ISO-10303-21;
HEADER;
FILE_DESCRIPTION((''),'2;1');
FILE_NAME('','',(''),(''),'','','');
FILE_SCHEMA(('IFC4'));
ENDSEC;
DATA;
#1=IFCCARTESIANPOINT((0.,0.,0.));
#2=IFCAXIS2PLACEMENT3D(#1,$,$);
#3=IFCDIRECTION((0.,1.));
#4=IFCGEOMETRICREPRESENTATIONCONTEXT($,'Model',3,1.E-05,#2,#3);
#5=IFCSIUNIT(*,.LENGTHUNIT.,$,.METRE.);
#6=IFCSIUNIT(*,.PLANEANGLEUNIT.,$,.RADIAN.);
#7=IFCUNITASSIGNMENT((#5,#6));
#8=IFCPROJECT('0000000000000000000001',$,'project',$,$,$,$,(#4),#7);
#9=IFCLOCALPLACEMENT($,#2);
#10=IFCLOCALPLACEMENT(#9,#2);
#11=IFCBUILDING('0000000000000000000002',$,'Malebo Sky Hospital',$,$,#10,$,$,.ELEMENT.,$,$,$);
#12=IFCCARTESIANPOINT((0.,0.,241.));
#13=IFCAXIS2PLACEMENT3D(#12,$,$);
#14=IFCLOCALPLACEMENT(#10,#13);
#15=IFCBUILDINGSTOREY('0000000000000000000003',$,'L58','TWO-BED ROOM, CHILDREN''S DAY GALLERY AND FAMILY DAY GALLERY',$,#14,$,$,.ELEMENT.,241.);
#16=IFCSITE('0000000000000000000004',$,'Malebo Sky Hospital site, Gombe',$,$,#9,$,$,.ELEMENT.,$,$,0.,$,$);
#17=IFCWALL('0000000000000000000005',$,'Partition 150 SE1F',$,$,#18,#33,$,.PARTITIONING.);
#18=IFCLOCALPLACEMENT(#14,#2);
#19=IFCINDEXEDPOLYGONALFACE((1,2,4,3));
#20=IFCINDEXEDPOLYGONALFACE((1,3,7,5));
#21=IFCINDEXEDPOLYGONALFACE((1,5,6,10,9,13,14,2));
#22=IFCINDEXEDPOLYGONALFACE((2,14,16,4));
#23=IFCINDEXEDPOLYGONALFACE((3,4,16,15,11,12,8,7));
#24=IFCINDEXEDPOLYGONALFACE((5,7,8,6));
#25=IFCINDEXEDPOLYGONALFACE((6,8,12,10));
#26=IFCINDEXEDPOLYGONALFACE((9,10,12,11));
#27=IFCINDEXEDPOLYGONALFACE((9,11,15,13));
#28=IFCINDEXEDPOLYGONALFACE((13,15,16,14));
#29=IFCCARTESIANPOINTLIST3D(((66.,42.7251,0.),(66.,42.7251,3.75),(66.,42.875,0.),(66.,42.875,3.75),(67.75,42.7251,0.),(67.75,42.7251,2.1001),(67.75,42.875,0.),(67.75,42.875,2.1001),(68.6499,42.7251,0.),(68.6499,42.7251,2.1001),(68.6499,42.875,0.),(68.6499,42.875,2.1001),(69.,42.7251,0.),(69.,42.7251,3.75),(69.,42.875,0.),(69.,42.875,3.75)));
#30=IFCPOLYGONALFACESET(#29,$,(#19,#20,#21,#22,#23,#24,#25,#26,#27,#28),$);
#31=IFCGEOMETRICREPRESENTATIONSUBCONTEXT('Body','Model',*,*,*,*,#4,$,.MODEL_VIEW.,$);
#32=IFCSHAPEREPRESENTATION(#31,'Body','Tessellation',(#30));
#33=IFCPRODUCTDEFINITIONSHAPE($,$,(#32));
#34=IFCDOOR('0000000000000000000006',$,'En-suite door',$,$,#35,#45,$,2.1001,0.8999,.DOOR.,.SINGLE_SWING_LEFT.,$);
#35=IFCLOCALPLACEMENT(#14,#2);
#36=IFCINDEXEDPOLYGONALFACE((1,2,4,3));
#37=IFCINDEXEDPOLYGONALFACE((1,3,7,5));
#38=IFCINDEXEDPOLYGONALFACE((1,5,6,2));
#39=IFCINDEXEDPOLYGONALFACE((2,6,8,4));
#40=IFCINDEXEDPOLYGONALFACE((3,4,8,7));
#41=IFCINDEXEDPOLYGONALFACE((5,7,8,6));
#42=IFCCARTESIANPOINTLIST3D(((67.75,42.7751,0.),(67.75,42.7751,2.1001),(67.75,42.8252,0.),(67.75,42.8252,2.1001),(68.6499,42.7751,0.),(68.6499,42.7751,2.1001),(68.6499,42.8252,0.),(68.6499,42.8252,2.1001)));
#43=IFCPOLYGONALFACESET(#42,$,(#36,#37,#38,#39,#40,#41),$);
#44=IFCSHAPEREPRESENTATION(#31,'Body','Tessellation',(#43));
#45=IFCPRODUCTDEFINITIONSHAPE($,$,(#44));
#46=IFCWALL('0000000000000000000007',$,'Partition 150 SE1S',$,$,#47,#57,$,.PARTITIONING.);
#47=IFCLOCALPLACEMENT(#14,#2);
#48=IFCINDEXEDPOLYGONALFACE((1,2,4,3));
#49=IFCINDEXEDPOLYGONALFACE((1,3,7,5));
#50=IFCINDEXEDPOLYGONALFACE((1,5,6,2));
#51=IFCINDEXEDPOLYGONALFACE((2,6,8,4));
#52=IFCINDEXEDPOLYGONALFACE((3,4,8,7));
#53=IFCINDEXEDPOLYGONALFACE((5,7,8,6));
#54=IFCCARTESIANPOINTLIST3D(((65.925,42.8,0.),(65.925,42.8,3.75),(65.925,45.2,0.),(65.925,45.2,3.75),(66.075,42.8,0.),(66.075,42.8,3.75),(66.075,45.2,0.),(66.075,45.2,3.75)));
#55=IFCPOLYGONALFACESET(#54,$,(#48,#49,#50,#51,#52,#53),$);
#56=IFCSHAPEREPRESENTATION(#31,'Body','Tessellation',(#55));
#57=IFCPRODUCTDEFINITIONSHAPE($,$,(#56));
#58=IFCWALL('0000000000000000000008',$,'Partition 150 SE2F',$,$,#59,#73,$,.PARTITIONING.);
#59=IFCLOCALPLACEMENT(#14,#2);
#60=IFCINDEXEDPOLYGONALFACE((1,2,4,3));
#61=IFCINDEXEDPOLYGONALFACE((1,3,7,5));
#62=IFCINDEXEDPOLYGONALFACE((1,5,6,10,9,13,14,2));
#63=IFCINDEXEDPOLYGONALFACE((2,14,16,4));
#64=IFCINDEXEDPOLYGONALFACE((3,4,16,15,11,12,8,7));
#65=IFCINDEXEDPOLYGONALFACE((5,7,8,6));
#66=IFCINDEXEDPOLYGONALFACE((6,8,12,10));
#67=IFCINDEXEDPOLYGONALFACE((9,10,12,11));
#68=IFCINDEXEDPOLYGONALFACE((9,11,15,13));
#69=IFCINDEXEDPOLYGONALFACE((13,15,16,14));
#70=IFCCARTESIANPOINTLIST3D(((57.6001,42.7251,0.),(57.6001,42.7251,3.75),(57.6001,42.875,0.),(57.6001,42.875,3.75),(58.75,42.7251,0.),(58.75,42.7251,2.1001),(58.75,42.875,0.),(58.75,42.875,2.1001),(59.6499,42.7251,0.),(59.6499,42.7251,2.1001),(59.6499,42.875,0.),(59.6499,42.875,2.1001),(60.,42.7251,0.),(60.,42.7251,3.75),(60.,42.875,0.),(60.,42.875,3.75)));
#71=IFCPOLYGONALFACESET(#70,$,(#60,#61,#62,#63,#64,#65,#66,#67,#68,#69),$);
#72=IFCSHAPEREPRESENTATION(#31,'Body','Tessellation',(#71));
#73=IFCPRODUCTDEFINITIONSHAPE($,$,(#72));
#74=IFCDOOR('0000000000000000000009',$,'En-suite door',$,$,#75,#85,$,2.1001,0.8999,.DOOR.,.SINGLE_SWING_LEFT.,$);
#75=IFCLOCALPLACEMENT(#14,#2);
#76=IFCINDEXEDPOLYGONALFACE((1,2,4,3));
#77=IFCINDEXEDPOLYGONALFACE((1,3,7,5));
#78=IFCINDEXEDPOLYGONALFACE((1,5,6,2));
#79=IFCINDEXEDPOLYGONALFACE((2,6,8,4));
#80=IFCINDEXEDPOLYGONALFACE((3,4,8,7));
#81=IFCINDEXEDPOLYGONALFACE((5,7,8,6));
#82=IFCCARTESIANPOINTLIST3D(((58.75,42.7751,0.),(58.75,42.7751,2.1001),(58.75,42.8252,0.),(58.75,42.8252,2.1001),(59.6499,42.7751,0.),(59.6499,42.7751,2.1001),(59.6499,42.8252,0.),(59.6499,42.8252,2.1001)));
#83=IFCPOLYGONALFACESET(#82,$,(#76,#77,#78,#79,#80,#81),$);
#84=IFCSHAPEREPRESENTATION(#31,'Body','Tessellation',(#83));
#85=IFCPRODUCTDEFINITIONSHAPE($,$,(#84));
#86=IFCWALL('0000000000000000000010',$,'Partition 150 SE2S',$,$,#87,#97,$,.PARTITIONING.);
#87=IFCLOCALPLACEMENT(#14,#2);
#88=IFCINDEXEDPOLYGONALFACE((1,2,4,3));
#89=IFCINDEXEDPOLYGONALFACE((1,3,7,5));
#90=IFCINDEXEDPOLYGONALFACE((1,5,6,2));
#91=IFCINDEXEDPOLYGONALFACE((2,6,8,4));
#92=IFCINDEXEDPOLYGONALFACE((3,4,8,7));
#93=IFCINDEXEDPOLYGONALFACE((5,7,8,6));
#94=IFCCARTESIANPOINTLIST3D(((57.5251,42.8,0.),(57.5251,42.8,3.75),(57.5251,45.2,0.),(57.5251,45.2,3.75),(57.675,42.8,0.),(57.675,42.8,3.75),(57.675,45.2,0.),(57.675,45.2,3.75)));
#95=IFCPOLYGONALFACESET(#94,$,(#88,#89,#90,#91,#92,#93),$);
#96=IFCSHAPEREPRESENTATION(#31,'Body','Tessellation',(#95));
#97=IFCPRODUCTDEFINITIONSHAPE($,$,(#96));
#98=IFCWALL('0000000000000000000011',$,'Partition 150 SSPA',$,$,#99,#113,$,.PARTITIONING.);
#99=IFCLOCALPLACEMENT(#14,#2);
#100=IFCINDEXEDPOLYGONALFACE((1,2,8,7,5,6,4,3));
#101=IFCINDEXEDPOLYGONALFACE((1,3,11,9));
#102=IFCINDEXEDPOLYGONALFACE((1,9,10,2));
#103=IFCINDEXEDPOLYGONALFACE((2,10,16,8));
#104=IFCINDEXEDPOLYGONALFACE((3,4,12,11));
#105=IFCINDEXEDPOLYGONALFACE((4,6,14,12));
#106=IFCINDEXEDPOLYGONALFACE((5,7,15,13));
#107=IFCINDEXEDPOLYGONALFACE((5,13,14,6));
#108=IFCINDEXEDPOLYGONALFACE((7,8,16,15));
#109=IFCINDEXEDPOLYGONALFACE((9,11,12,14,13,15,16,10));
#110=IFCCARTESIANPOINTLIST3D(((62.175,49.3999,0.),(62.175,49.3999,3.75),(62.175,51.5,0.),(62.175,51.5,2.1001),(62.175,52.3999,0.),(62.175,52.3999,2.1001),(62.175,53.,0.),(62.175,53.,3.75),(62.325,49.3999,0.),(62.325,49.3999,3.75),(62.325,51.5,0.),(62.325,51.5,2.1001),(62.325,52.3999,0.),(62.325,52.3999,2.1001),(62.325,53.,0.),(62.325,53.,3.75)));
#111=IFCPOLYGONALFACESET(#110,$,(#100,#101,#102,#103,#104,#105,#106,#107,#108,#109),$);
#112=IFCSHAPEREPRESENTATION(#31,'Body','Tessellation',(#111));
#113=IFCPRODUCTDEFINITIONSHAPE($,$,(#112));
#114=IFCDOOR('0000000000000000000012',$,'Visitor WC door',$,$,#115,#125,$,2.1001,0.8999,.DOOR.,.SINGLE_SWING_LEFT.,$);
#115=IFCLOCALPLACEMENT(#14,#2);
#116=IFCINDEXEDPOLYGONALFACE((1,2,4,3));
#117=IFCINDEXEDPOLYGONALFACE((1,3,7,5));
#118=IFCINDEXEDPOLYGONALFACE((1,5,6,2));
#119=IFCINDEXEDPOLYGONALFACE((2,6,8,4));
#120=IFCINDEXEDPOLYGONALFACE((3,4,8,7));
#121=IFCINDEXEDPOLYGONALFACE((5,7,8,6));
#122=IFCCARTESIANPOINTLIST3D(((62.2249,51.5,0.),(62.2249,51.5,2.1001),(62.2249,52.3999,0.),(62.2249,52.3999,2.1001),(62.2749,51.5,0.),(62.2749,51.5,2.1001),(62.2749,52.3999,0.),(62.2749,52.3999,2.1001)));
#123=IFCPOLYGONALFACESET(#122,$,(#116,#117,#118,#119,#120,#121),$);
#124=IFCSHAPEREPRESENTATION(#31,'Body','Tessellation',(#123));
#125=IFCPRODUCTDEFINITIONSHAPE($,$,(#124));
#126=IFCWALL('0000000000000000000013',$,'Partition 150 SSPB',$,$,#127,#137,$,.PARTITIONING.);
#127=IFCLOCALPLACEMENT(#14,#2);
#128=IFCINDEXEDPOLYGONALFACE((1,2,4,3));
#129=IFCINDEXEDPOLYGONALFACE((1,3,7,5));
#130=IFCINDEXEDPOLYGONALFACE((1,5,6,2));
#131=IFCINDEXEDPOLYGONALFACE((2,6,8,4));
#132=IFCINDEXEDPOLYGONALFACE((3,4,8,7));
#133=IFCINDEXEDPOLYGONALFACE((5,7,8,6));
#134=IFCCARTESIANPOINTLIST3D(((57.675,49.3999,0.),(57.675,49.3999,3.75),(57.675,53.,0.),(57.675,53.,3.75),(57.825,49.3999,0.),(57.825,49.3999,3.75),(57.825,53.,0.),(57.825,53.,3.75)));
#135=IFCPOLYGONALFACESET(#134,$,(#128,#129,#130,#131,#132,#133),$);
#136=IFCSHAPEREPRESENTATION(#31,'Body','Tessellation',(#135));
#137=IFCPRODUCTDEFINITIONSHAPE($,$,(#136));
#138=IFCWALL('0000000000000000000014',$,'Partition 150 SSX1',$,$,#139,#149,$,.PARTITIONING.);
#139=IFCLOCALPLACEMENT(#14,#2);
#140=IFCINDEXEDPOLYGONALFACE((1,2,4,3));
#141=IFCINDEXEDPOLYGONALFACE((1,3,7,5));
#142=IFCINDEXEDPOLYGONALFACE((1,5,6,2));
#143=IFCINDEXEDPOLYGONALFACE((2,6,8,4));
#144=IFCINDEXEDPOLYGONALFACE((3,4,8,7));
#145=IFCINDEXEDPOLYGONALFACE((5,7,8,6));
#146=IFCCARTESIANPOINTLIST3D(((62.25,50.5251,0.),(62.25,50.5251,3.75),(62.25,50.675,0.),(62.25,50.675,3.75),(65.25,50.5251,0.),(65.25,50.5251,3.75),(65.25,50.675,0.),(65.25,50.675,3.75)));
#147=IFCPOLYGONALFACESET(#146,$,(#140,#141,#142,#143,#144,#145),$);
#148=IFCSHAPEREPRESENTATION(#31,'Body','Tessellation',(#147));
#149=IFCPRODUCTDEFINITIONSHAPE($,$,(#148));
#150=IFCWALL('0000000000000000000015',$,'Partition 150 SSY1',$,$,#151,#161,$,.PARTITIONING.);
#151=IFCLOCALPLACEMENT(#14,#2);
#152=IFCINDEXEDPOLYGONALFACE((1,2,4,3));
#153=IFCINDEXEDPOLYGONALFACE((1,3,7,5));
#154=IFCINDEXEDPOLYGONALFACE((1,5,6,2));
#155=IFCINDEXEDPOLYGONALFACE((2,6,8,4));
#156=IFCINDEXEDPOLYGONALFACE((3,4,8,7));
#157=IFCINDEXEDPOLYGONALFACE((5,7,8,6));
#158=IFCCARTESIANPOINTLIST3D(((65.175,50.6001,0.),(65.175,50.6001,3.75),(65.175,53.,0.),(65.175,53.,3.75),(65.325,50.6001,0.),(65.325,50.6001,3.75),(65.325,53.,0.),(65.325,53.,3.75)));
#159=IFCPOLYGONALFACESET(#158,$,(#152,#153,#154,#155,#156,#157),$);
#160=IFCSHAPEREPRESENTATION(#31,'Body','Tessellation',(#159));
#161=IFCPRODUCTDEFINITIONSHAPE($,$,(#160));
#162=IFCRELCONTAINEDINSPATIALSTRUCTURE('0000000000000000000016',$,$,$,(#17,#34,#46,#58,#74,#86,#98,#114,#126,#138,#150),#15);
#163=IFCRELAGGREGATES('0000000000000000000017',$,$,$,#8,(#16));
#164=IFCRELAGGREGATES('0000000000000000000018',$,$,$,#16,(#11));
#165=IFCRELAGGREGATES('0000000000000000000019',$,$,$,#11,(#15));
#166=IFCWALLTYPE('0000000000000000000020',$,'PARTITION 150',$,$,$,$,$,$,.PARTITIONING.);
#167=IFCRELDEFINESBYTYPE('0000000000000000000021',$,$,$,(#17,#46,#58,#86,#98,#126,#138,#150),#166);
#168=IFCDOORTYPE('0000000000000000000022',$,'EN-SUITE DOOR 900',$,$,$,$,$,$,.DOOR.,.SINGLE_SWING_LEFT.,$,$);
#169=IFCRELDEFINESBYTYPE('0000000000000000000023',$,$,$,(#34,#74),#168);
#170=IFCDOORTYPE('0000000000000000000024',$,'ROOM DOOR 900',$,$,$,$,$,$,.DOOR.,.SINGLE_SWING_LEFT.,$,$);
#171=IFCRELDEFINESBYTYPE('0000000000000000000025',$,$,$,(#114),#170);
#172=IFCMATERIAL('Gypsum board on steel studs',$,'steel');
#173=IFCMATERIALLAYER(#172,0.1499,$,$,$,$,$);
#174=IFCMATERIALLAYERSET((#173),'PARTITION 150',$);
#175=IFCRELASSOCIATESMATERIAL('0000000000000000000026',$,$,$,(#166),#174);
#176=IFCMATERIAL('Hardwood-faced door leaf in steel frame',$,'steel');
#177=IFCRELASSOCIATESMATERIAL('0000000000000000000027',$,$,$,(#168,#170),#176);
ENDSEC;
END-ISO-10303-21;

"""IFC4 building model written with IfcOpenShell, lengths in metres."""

from ifc_helpers import new_model, si_unit, direction, frame, frame_2d, origin, place, context, subcontext, project, spatial, rectangle, extrude, material, layer, layer_set, type_object, element, fill, save


model = new_model("IFC4")

# Units and contexts
model_context = context("Model", 3, precision=1e-05, world=origin(), true_north=direction((0.0, 1.0)))
body_context = subcontext(model_context, "Body", "Model", "MODEL_VIEW")
ifc_project = project(units=[si_unit("LENGTHUNIT", "METRE"), si_unit("PLANEANGLEUNIT", "RADIAN")], contexts=[model_context])

# Site, building, storey
site_placement = place(None, origin())
site = spatial("IfcSite", under=ifc_project, at=site_placement, Name="Malebo Sky Hospital site, Gombe", CompositionType="ELEMENT", RefElevation=0.0)
building_placement = place(site_placement, origin())
building = spatial("IfcBuilding", under=site, at=building_placement, Name="Malebo Sky Hospital", CompositionType="ELEMENT")
storey_placement = place(building_placement, frame((0.0, 0.0, 241.0)))
storey = spatial("IfcBuildingStorey", under=building, at=storey_placement, Name="L58", Description="TWO-BED ROOM, CHILDREN'S DAY GALLERY AND FAMILY DAY GALLERY", CompositionType="ELEMENT", Elevation=241.0)

# Shared definitions
ifc_material_1 = material(Name="Gypsum board on steel studs", Category="steel")
ifc_material_2 = material(Name="Hardwood-faced door leaf in steel frame", Category="steel")

# Shared definitions
ifc_layer_1 = layer(ifc_material_1, 0.1499)
ifc_layer_set_1 = layer_set([ifc_layer_1], Name="PARTITION 150")
wall_type_1 = type_object("IfcWallType", Name="PARTITION 150", PredefinedType="PARTITIONING", material=ifc_layer_set_1)

# Wall, opening, door
wall_1_placement = place(storey_placement, frame((69.0, 42.8, 0.0), z_axis=(0.0, 0.0, 1.0), x_axis=(-1.0, 0.0, 0.0)))
wall_1 = element("IfcWall", 1, at=wall_1_placement, inside=storey, type_object=wall_type_1, Name="Partition 150 SE1F", PredefinedType="PARTITIONING", context=body_context, shape_type="SweptSolid", body=[
    extrude(rectangle(XDim=3.0, YDim=0.1499, at=frame_2d((1.5, 0.0))), origin(), (0.0, 0.0, 1.0), 3.75),
])
opening_1_placement = place(wall_1_placement, frame((0.3501, 0.0, 0.0)))
opening_1 = element("IfcOpeningElement", 2, at=opening_1_placement, cuts=wall_1, PredefinedType="OPENING", context=body_context, shape_type="SweptSolid", body=[
    extrude(rectangle(XDim=0.8999, YDim=2.1001, at=frame_2d((0.45, 1.05))), frame((0.0, 0.085, 0.0), z_axis=(0.0, -1.0, 0.0), x_axis=(1.0, 0.0, 0.0)), (0.0, 0.0, 1.0), 0.1699),
])
door_type_1 = type_object("IfcDoorType", Name="EN-SUITE DOOR 900", OperationType="SINGLE_SWING_LEFT", PredefinedType="DOOR", material=ifc_material_2)
door_1_placement = place(opening_1_placement, origin())
door_1 = element("IfcDoor", 3, at=door_1_placement, inside=storey, type_object=door_type_1, Name="En-suite door", OperationType="SINGLE_SWING_LEFT", OverallHeight=2.1001, OverallWidth=0.8999, PredefinedType="DOOR", context=body_context, shape_type="SweptSolid", body=[
    extrude(rectangle(XDim=0.8999, YDim=2.1001, at=frame_2d((0.45, 1.05))), frame((0.0, 0.0249, 0.0), z_axis=(0.0, -1.0, 0.0), x_axis=(1.0, 0.0, 0.0)), (0.0, 0.0, 1.0), 0.05),
])
fill(opening_1, door_1)

# Wall
wall_2_placement = place(storey_placement, frame((66.0, 45.2, 0.0), z_axis=(0.0, 0.0, 1.0), x_axis=(0.0, -1.0, 0.0)))
element("IfcWall", 4, at=wall_2_placement, inside=storey, type_object=wall_type_1, Name="Partition 150 SE1S", PredefinedType="PARTITIONING", context=body_context, shape_type="SweptSolid", body=[
    extrude(rectangle(XDim=2.3999, YDim=0.1499, at=frame_2d((1.2, 0.0))), origin(), (0.0, 0.0, 1.0), 3.75),
])

# Wall, opening, door
wall_3_placement = place(storey_placement, frame((60.0, 42.8, 0.0), z_axis=(0.0, 0.0, 1.0), x_axis=(-1.0, 0.0, 0.0)))
wall_3 = element("IfcWall", 5, at=wall_3_placement, inside=storey, type_object=wall_type_1, Name="Partition 150 SE2F", PredefinedType="PARTITIONING", context=body_context, shape_type="SweptSolid", body=[
    extrude(rectangle(XDim=2.3999, YDim=0.1499, at=frame_2d((1.2, 0.0))), origin(), (0.0, 0.0, 1.0), 3.75),
])
opening_2_placement = place(wall_3_placement, frame((0.3501, 0.0, 0.0)))
opening_2 = element("IfcOpeningElement", 6, at=opening_2_placement, cuts=wall_3, PredefinedType="OPENING", context=body_context, shape_type="SweptSolid", body=[
    extrude(rectangle(XDim=0.8999, YDim=2.1001, at=frame_2d((0.45, 1.05))), frame((0.0, 0.085, 0.0), z_axis=(0.0, -1.0, 0.0), x_axis=(1.0, 0.0, 0.0)), (0.0, 0.0, 1.0), 0.1699),
])
door_2_placement = place(opening_2_placement, origin())
door_2 = element("IfcDoor", 7, at=door_2_placement, inside=storey, type_object=door_type_1, Name="En-suite door", OperationType="SINGLE_SWING_LEFT", OverallHeight=2.1001, OverallWidth=0.8999, PredefinedType="DOOR", context=body_context, shape_type="SweptSolid", body=[
    extrude(rectangle(XDim=0.8999, YDim=2.1001, at=frame_2d((0.45, 1.05))), frame((0.0, 0.0249, 0.0), z_axis=(0.0, -1.0, 0.0), x_axis=(1.0, 0.0, 0.0)), (0.0, 0.0, 1.0), 0.05),
])
fill(opening_2, door_2)

# Wall
wall_4_placement = place(storey_placement, frame((57.6001, 45.2, 0.0), z_axis=(0.0, 0.0, 1.0), x_axis=(0.0, -1.0, 0.0)))
element("IfcWall", 8, at=wall_4_placement, inside=storey, type_object=wall_type_1, Name="Partition 150 SE2S", PredefinedType="PARTITIONING", context=body_context, shape_type="SweptSolid", body=[
    extrude(rectangle(XDim=2.3999, YDim=0.1499, at=frame_2d((1.2, 0.0))), origin(), (0.0, 0.0, 1.0), 3.75),
])

# Wall, opening, door
wall_5_placement = place(storey_placement, frame((62.25, 53.0, 0.0), z_axis=(0.0, 0.0, 1.0), x_axis=(0.0, -1.0, 0.0)))
wall_5 = element("IfcWall", 9, at=wall_5_placement, inside=storey, type_object=wall_type_1, Name="Partition 150 SSPA", PredefinedType="PARTITIONING", context=body_context, shape_type="SweptSolid", body=[
    extrude(rectangle(XDim=3.6001, YDim=0.1499, at=frame_2d((1.8, 0.0))), origin(), (0.0, 0.0, 1.0), 3.75),
])
opening_3_placement = place(wall_5_placement, frame((0.6001, 0.0, 0.0)))
opening_3 = element("IfcOpeningElement", 10, at=opening_3_placement, cuts=wall_5, PredefinedType="OPENING", context=body_context, shape_type="SweptSolid", body=[
    extrude(rectangle(XDim=0.8999, YDim=2.1001, at=frame_2d((0.45, 1.05))), frame((0.0, 0.085, 0.0), z_axis=(0.0, -1.0, 0.0), x_axis=(1.0, 0.0, 0.0)), (0.0, 0.0, 1.0), 0.1699),
])
door_type_2 = type_object("IfcDoorType", Name="ROOM DOOR 900", OperationType="SINGLE_SWING_LEFT", PredefinedType="DOOR", material=ifc_material_2)
door_3_placement = place(opening_3_placement, origin())
door_3 = element("IfcDoor", 11, at=door_3_placement, inside=storey, type_object=door_type_2, Name="Visitor WC door", OperationType="SINGLE_SWING_LEFT", OverallHeight=2.1001, OverallWidth=0.8999, PredefinedType="DOOR", context=body_context, shape_type="SweptSolid", body=[
    extrude(rectangle(XDim=0.8999, YDim=2.1001, at=frame_2d((0.45, 1.05))), frame((0.0, 0.0249, 0.0), z_axis=(0.0, -1.0, 0.0), x_axis=(1.0, 0.0, 0.0)), (0.0, 0.0, 1.0), 0.05),
])
fill(opening_3, door_3)

# Walls
wall_6_placement = place(storey_placement, frame((57.75, 53.0, 0.0), z_axis=(0.0, 0.0, 1.0), x_axis=(0.0, -1.0, 0.0)))
element("IfcWall", 12, at=wall_6_placement, inside=storey, type_object=wall_type_1, Name="Partition 150 SSPB", PredefinedType="PARTITIONING", context=body_context, shape_type="SweptSolid", body=[
    extrude(rectangle(XDim=3.6001, YDim=0.1499, at=frame_2d((1.8, 0.0))), origin(), (0.0, 0.0, 1.0), 3.75),
])
wall_7_placement = place(storey_placement, frame((65.25, 50.6001, 0.0), z_axis=(0.0, 0.0, 1.0), x_axis=(-1.0, 0.0, 0.0)))
element("IfcWall", 13, at=wall_7_placement, inside=storey, type_object=wall_type_1, Name="Partition 150 SSX1", PredefinedType="PARTITIONING", context=body_context, shape_type="SweptSolid", body=[
    extrude(rectangle(XDim=3.0, YDim=0.1499, at=frame_2d((1.5, 0.0))), origin(), (0.0, 0.0, 1.0), 3.75),
])
wall_8_placement = place(storey_placement, frame((65.25, 53.0, 0.0), z_axis=(0.0, 0.0, 1.0), x_axis=(0.0, -1.0, 0.0)))
element("IfcWall", 14, at=wall_8_placement, inside=storey, type_object=wall_type_1, Name="Partition 150 SSY1", PredefinedType="PARTITIONING", context=body_context, shape_type="SweptSolid", body=[
    extrude(rectangle(XDim=2.3999, YDim=0.1499, at=frame_2d((1.2, 0.0))), origin(), (0.0, 0.0, 1.0), 3.75),
])

save(model, "model.ifc")
